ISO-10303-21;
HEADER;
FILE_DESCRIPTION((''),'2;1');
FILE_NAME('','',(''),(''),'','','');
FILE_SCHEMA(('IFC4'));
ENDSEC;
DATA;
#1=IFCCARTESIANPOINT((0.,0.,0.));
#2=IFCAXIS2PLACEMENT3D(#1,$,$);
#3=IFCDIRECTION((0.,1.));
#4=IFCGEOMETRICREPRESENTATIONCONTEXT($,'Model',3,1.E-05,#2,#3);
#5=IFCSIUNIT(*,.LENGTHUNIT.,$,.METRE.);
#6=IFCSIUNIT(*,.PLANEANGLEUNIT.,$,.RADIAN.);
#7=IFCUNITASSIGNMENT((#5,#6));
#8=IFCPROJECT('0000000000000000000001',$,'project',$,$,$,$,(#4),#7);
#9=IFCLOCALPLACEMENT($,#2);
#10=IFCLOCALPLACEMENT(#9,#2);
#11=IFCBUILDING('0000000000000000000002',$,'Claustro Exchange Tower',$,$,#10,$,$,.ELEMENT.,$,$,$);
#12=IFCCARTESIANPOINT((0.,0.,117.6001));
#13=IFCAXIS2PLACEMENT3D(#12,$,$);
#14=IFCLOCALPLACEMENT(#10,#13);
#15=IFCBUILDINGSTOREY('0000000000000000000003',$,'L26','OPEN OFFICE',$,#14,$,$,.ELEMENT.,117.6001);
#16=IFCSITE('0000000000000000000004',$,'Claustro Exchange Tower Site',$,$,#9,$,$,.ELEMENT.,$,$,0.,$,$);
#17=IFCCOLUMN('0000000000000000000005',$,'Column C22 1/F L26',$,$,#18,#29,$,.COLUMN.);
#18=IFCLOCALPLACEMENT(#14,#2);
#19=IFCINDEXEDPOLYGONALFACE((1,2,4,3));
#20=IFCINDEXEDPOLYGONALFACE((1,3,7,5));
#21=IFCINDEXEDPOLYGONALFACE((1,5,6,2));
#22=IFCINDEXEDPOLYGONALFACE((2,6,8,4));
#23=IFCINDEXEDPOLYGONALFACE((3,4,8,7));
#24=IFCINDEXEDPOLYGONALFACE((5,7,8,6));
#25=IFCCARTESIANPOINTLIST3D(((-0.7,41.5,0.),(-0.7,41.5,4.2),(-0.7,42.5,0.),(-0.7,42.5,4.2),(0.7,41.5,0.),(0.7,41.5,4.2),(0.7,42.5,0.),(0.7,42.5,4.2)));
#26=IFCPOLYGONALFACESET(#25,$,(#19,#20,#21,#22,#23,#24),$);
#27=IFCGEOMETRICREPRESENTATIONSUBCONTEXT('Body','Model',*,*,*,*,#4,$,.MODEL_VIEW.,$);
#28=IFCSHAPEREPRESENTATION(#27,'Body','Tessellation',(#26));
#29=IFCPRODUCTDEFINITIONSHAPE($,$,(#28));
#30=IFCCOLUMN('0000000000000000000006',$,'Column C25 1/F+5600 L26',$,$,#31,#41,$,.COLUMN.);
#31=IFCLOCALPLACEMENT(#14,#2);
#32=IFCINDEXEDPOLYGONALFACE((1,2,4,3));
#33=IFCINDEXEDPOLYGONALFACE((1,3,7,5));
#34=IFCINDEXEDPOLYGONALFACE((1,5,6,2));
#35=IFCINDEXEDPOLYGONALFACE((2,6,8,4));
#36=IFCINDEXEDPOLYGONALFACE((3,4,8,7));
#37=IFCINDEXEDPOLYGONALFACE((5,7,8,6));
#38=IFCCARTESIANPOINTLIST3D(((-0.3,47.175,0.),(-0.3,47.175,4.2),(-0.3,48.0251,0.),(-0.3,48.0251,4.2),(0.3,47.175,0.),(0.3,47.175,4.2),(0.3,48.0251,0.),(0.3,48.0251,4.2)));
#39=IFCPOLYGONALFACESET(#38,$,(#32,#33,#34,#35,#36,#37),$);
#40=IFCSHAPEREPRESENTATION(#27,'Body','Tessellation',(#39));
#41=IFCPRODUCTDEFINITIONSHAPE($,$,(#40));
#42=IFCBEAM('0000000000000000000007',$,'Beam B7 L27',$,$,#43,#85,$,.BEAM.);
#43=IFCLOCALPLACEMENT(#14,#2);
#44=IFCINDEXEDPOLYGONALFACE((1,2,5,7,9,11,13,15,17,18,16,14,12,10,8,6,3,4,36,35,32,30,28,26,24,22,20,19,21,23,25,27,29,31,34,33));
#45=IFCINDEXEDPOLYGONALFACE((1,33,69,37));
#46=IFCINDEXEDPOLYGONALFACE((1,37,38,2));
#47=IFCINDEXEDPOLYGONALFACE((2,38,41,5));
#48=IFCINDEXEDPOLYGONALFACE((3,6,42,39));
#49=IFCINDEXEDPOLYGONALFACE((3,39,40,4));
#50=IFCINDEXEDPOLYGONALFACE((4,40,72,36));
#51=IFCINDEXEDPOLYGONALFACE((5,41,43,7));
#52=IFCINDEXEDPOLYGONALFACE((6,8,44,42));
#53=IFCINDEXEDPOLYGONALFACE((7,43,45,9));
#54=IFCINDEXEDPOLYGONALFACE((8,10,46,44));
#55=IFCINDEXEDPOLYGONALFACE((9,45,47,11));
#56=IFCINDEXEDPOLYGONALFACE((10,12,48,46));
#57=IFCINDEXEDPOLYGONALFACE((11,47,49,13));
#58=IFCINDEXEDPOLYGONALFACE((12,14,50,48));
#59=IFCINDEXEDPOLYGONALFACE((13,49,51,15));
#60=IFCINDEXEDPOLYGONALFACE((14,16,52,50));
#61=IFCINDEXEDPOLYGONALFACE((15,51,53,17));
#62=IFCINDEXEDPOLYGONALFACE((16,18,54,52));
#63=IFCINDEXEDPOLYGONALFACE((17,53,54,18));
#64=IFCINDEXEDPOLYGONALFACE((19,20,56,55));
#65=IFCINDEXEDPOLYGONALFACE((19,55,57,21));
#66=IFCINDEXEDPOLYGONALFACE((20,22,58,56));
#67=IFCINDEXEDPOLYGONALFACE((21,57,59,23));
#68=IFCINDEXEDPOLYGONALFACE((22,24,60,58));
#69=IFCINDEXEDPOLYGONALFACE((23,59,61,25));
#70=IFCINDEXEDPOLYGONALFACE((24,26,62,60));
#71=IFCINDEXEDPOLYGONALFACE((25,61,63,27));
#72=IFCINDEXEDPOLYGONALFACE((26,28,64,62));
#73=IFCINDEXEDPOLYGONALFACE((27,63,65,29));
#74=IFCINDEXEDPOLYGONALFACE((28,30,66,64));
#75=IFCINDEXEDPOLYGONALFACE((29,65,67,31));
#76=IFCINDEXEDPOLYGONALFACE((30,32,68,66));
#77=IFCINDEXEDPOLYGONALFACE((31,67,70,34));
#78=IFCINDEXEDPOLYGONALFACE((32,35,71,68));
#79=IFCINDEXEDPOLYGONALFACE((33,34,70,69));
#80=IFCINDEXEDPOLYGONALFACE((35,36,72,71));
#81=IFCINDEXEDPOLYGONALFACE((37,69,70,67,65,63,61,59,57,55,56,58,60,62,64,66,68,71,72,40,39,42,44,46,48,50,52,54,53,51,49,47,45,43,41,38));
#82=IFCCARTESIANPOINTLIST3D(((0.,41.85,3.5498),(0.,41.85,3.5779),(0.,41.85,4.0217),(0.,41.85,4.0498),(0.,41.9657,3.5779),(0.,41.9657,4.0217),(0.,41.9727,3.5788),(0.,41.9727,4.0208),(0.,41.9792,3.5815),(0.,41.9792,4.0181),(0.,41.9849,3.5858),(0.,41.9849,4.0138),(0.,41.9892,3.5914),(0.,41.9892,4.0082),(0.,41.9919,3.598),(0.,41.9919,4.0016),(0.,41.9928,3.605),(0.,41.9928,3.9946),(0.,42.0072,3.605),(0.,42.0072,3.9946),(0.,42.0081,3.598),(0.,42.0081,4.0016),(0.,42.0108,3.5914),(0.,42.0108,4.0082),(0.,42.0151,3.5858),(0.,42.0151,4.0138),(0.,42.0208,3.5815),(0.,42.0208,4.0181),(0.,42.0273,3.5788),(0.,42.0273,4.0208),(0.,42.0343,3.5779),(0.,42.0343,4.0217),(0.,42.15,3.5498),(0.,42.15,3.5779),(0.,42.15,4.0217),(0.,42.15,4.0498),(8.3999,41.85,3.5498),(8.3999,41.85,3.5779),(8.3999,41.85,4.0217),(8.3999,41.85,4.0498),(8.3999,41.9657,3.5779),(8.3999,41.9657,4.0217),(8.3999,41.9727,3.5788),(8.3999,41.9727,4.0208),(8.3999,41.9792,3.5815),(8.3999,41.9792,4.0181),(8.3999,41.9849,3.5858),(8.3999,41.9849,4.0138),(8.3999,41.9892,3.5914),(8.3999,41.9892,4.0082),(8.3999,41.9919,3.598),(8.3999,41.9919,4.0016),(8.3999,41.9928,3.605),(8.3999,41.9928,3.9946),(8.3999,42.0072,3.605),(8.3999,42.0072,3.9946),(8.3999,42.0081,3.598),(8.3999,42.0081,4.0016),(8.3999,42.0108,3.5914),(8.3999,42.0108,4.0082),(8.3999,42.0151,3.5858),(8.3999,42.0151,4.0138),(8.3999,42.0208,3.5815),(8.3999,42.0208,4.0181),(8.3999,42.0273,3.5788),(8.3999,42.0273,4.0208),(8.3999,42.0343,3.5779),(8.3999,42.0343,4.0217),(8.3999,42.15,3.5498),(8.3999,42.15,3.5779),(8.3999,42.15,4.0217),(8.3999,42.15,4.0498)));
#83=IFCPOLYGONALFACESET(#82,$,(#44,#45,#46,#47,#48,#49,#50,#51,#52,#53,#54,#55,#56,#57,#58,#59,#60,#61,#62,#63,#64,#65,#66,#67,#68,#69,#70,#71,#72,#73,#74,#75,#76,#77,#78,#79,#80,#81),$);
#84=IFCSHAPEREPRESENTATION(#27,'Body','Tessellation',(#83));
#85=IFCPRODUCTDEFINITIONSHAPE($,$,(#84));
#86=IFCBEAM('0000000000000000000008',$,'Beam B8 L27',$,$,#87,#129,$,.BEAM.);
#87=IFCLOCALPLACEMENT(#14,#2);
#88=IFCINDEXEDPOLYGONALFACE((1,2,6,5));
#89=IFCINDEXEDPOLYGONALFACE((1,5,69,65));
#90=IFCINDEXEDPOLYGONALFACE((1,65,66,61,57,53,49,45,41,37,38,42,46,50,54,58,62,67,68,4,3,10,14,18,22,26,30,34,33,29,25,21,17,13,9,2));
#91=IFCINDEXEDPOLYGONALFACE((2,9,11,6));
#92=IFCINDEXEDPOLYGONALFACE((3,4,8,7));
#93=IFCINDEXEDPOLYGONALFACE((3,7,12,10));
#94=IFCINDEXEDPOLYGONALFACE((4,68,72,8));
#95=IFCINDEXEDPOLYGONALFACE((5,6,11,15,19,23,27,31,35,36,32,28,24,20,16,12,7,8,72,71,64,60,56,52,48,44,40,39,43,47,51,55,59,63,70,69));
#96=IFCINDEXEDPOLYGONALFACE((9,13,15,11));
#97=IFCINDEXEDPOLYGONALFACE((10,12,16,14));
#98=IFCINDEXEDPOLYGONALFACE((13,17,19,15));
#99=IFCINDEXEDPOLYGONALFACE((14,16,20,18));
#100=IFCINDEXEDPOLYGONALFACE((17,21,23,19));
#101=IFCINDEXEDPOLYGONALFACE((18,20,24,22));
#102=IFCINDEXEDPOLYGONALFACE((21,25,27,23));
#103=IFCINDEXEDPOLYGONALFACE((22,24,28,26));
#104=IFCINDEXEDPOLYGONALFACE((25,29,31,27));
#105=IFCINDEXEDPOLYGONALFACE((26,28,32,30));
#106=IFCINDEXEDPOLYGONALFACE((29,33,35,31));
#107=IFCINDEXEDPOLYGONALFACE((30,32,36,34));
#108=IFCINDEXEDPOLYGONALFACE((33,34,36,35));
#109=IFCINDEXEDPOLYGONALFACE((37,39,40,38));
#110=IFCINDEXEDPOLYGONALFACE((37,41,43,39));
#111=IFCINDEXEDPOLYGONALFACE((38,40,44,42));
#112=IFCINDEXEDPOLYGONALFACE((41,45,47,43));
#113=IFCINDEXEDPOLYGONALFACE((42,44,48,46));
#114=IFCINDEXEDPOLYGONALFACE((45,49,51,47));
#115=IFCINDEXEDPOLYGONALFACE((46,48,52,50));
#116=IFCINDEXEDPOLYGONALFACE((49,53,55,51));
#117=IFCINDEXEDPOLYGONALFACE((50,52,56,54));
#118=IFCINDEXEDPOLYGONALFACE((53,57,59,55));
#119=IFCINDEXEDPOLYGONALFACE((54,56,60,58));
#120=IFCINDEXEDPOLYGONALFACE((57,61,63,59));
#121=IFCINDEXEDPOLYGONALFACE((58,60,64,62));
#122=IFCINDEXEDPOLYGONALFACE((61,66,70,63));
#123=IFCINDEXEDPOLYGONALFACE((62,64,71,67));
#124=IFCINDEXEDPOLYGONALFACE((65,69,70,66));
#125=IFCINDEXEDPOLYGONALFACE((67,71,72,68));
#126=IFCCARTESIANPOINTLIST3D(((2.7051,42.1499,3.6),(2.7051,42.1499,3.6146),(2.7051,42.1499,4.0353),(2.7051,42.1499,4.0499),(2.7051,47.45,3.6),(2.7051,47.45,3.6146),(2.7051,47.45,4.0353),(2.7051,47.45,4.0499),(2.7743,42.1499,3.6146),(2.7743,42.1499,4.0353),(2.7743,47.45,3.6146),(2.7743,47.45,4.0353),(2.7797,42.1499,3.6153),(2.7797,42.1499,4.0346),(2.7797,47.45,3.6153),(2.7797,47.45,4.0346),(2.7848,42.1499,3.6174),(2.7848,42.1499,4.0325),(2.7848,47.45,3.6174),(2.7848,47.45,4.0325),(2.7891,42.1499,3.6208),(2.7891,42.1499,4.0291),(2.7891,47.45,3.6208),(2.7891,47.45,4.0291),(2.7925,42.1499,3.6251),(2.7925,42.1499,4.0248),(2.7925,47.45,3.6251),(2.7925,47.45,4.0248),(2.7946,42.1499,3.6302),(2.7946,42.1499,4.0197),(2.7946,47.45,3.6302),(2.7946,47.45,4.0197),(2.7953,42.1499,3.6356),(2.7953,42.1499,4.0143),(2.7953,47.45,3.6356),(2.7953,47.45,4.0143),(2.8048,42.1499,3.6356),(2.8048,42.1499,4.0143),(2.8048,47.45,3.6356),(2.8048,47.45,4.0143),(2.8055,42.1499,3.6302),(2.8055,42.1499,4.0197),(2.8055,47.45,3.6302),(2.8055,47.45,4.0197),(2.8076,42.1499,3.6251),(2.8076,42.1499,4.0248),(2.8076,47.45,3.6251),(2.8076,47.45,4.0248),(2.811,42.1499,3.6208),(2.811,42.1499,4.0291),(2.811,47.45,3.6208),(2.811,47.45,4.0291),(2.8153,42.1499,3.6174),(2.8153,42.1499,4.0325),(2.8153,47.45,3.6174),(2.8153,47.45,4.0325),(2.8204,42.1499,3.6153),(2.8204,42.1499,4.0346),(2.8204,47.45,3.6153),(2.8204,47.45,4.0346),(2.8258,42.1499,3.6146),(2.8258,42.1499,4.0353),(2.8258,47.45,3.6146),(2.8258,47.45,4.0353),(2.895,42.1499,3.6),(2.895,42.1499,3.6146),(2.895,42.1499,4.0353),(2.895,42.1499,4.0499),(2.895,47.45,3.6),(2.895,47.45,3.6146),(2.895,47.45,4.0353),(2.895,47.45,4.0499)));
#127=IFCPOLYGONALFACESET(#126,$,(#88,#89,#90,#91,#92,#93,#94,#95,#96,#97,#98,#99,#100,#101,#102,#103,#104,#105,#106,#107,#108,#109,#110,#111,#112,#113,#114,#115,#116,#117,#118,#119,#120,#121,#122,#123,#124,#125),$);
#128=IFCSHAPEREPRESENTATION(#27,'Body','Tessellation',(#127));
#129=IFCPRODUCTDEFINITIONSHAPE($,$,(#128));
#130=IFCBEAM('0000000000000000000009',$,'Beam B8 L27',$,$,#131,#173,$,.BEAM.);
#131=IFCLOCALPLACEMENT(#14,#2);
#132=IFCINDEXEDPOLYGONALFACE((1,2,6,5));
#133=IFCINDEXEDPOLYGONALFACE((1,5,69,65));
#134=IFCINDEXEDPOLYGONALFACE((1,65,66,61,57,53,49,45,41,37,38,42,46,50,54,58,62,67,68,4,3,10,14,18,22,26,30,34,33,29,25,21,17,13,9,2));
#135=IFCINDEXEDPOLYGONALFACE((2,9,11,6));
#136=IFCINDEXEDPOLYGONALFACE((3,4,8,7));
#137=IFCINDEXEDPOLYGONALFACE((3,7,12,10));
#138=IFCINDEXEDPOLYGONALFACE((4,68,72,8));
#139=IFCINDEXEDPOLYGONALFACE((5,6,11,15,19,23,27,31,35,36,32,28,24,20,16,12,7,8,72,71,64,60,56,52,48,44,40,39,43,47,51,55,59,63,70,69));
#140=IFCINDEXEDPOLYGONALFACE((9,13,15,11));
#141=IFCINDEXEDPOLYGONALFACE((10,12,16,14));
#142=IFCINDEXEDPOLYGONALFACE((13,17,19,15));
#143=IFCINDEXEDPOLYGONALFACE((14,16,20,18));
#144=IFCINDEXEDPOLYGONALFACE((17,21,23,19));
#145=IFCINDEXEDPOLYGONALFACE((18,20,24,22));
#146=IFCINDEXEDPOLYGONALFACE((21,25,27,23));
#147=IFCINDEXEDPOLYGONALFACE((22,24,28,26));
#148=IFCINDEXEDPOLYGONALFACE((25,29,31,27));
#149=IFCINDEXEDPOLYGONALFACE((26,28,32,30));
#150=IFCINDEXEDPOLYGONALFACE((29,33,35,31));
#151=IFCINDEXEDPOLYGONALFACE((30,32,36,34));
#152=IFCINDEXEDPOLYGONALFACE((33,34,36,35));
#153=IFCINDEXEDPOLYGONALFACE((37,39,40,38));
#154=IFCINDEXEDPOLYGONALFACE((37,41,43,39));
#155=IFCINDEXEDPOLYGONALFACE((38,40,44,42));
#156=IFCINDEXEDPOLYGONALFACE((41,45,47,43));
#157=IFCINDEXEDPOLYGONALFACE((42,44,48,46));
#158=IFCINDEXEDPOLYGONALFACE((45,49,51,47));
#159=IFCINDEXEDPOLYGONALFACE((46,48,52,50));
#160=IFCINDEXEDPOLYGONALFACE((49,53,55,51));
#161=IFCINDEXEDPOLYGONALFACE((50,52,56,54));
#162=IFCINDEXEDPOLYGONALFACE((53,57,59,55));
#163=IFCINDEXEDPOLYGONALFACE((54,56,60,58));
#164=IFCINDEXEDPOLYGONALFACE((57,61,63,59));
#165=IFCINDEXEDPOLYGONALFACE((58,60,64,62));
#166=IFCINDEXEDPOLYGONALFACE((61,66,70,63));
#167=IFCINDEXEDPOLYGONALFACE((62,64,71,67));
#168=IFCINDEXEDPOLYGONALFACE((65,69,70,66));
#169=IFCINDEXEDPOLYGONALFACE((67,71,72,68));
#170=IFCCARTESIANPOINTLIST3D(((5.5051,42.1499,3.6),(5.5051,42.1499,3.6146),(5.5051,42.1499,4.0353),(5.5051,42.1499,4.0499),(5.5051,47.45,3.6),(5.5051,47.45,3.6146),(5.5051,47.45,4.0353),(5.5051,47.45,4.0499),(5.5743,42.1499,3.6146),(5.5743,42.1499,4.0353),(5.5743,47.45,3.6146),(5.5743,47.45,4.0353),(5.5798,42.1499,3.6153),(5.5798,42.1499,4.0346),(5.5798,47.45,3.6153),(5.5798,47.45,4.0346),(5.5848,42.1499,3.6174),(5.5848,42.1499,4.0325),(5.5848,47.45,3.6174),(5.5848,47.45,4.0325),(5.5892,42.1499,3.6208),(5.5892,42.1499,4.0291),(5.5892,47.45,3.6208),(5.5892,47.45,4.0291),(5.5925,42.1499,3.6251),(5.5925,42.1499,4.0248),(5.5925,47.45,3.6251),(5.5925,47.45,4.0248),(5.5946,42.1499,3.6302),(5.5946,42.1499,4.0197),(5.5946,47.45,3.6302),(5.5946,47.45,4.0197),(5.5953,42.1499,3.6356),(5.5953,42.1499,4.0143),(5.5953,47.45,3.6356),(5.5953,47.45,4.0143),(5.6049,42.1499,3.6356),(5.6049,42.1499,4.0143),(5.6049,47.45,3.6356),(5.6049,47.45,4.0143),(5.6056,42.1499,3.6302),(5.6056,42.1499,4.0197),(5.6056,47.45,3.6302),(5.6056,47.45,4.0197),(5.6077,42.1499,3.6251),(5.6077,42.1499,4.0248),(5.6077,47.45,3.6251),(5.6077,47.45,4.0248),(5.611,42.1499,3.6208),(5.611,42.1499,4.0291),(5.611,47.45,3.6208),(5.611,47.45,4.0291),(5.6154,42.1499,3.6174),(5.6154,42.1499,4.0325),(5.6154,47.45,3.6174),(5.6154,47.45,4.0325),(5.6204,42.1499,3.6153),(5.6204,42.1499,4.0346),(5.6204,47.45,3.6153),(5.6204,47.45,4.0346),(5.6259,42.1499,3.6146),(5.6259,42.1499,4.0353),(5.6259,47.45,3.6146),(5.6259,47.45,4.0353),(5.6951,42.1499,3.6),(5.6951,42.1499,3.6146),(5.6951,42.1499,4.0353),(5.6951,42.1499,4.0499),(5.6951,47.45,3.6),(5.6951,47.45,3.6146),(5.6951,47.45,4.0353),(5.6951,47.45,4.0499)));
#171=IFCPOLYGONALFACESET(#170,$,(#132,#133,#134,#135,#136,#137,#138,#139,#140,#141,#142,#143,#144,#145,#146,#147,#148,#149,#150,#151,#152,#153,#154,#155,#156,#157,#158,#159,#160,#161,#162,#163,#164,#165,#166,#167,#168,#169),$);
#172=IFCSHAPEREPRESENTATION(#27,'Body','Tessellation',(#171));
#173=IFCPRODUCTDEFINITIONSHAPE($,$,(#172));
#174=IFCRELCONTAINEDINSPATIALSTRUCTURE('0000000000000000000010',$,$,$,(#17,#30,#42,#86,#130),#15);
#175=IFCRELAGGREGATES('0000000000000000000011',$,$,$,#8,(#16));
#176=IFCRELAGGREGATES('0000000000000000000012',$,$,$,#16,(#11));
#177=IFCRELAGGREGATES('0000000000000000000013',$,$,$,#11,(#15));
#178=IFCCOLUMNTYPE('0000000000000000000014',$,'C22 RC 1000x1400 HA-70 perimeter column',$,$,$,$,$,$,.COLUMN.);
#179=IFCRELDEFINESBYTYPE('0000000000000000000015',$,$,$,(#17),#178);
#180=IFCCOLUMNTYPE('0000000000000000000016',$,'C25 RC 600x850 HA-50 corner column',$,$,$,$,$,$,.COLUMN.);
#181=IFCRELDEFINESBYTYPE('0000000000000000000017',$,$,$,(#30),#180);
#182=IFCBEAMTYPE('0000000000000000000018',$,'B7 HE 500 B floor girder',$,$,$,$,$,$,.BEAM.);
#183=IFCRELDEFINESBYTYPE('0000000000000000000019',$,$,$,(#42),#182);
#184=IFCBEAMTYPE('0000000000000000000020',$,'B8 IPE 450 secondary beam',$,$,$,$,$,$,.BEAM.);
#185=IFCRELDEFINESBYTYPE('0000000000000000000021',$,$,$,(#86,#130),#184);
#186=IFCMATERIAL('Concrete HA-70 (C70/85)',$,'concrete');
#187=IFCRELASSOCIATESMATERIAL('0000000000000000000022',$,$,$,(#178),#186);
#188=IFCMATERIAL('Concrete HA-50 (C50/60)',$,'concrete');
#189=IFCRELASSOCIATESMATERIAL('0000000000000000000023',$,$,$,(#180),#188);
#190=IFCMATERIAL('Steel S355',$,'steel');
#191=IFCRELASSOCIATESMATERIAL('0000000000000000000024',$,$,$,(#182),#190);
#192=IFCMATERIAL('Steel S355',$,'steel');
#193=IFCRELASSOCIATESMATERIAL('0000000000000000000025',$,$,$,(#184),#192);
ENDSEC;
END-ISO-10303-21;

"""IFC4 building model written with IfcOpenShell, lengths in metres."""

from ifc_helpers import new_model, si_unit, direction, frame, origin, origin_2d, place, context, subcontext, project, spatial, rectangle, i_section, extrude, material, material_profile, profile_set, type_object, element, save


model = new_model("IFC4")

# Units and contexts
model_context = context("Model", 3, precision=1e-05, world=origin(), true_north=direction((0.0, 1.0)))
body_context = subcontext(model_context, "Body", "Model", "MODEL_VIEW")
ifc_project = project(units=[si_unit("LENGTHUNIT", "METRE"), si_unit("PLANEANGLEUNIT", "RADIAN")], contexts=[model_context])

# Site, building, storey
site_placement = place(None, origin())
site = spatial("IfcSite", under=ifc_project, at=site_placement, Name="Claustro Exchange Tower Site", CompositionType="ELEMENT", RefElevation=0.0)
building_placement = place(site_placement, origin())
building = spatial("IfcBuilding", under=site, at=building_placement, Name="Claustro Exchange Tower", CompositionType="ELEMENT")
storey_placement = place(building_placement, frame((0.0, 0.0, 117.6001)))
storey = spatial("IfcBuildingStorey", under=building, at=storey_placement, Name="L26", Description="OPEN OFFICE", CompositionType="ELEMENT", Elevation=117.6001)

# Columns
ifc_material_1 = material(Name="Concrete HA-70 (C70/85)", Category="concrete")
ifc_material_profile_1 = material_profile(ifc_material_1, rectangle(XDim=1.0, YDim=1.3999, at=origin_2d()), Name="RC 1000x1400")
ifc_profile_set_1 = profile_set([ifc_material_profile_1], Name="Concrete HA-70 (C70/85)")
column_type_1 = type_object("IfcColumnType", Name="C22 RC 1000x1400 HA-70 perimeter column", PredefinedType="COLUMN", material=ifc_profile_set_1)
column_1_placement = place(storey_placement, frame((0.0, 42.0, 0.0), z_axis=(0.0, 0.0, 1.0), x_axis=(0.0, 1.0, 0.0)))
element("IfcColumn", 1, at=column_1_placement, inside=storey, type_object=column_type_1, Name="Column C22 1/F L26", PredefinedType="COLUMN", context=body_context, shape_type="SweptSolid", body=[
    extrude(rectangle(XDim=1.0, YDim=1.3999, at=origin_2d()), origin(), (0.0, 0.0, 1.0), 4.2),
])
ifc_material_2 = material(Name="Concrete HA-50 (C50/60)", Category="concrete")
ifc_material_profile_2 = material_profile(ifc_material_2, rectangle(XDim=0.6001, YDim=0.8501, at=origin_2d()), Name="RC 600x850")
ifc_profile_set_2 = profile_set([ifc_material_profile_2], Name="Concrete HA-50 (C50/60)")
column_type_2 = type_object("IfcColumnType", Name="C25 RC 600x850 HA-50 corner column", PredefinedType="COLUMN", material=ifc_profile_set_2)
column_2_placement = place(storey_placement, frame((0.0, 47.6001, 0.0), z_axis=(0.0, 0.0, 1.0), x_axis=(1.0, 0.0, 0.0)))
element("IfcColumn", 2, at=column_2_placement, inside=storey, type_object=column_type_2, Name="Column C25 1/F+5600 L26", PredefinedType="COLUMN", context=body_context, shape_type="SweptSolid", body=[
    extrude(rectangle(XDim=0.6001, YDim=0.8501, at=origin_2d()), origin(), (0.0, 0.0, 1.0), 4.2),
])

# Beams
ifc_material_3 = material(Name="Steel S355", Category="steel")
ifc_material_profile_3 = material_profile(ifc_material_3, i_section(OverallWidth=0.3, OverallDepth=0.5, WebThickness=0.0144, FlangeThickness=0.0281, FilletRadius=0.0271, at=origin_2d()), Name="HE 500 B")
ifc_profile_set_3 = profile_set([ifc_material_profile_3], Name="Steel S355")
beam_type_1 = type_object("IfcBeamType", Name="B7 HE 500 B floor girder", PredefinedType="BEAM", material=ifc_profile_set_3)
beam_1_placement = place(storey_placement, frame((0.0, 42.0, 3.7998), z_axis=(1.0, 0.0, 0.0), x_axis=(0.0, 1.0, 0.0)))
element("IfcBeam", 3, at=beam_1_placement, inside=storey, type_object=beam_type_1, Name="Beam B7 L27", PredefinedType="BEAM", context=body_context, shape_type="SweptSolid", body=[
    extrude(i_section(OverallWidth=0.3, OverallDepth=0.5, WebThickness=0.0144, FlangeThickness=0.0281, FilletRadius=0.0271, at=origin_2d()), origin(), (0.0, 0.0, 1.0), 8.3999),
])
ifc_material_4 = material(Name="Steel S355", Category="steel")
ifc_material_profile_4 = material_profile(ifc_material_4, i_section(OverallWidth=0.1899, OverallDepth=0.45, WebThickness=0.0095, FlangeThickness=0.0146, FilletRadius=0.021, at=origin_2d()), Name="IPE 450")
ifc_profile_set_4 = profile_set([ifc_material_profile_4], Name="Steel S355")
beam_type_2 = type_object("IfcBeamType", Name="B8 IPE 450 secondary beam", PredefinedType="BEAM", material=ifc_profile_set_4)
for number, where, z_axis, x_axis, name in (
    (4, (2.8, 42.1499, 3.825), (0.0, 1.0, 0.0), (-1.0, 0.0, 0.0), "Beam B8 L27"),
    (5, (5.6001, 42.1499, 3.825), (0.0, 1.0, 0.0), (-1.0, 0.0, 0.0), "Beam B8 L27"),
):
    element("IfcBeam", number, at=place(storey_placement, frame(where, z_axis=z_axis, x_axis=x_axis)), inside=storey, type_object=beam_type_2, Name=name, PredefinedType="BEAM", context=body_context, shape_type="SweptSolid", body=[
        extrude(i_section(OverallWidth=0.1899, OverallDepth=0.45, WebThickness=0.0095, FlangeThickness=0.0146, FilletRadius=0.021, at=origin_2d()), origin(), (0.0, 0.0, 1.0), 5.3),
    ])

save(model, "model.ifc")
